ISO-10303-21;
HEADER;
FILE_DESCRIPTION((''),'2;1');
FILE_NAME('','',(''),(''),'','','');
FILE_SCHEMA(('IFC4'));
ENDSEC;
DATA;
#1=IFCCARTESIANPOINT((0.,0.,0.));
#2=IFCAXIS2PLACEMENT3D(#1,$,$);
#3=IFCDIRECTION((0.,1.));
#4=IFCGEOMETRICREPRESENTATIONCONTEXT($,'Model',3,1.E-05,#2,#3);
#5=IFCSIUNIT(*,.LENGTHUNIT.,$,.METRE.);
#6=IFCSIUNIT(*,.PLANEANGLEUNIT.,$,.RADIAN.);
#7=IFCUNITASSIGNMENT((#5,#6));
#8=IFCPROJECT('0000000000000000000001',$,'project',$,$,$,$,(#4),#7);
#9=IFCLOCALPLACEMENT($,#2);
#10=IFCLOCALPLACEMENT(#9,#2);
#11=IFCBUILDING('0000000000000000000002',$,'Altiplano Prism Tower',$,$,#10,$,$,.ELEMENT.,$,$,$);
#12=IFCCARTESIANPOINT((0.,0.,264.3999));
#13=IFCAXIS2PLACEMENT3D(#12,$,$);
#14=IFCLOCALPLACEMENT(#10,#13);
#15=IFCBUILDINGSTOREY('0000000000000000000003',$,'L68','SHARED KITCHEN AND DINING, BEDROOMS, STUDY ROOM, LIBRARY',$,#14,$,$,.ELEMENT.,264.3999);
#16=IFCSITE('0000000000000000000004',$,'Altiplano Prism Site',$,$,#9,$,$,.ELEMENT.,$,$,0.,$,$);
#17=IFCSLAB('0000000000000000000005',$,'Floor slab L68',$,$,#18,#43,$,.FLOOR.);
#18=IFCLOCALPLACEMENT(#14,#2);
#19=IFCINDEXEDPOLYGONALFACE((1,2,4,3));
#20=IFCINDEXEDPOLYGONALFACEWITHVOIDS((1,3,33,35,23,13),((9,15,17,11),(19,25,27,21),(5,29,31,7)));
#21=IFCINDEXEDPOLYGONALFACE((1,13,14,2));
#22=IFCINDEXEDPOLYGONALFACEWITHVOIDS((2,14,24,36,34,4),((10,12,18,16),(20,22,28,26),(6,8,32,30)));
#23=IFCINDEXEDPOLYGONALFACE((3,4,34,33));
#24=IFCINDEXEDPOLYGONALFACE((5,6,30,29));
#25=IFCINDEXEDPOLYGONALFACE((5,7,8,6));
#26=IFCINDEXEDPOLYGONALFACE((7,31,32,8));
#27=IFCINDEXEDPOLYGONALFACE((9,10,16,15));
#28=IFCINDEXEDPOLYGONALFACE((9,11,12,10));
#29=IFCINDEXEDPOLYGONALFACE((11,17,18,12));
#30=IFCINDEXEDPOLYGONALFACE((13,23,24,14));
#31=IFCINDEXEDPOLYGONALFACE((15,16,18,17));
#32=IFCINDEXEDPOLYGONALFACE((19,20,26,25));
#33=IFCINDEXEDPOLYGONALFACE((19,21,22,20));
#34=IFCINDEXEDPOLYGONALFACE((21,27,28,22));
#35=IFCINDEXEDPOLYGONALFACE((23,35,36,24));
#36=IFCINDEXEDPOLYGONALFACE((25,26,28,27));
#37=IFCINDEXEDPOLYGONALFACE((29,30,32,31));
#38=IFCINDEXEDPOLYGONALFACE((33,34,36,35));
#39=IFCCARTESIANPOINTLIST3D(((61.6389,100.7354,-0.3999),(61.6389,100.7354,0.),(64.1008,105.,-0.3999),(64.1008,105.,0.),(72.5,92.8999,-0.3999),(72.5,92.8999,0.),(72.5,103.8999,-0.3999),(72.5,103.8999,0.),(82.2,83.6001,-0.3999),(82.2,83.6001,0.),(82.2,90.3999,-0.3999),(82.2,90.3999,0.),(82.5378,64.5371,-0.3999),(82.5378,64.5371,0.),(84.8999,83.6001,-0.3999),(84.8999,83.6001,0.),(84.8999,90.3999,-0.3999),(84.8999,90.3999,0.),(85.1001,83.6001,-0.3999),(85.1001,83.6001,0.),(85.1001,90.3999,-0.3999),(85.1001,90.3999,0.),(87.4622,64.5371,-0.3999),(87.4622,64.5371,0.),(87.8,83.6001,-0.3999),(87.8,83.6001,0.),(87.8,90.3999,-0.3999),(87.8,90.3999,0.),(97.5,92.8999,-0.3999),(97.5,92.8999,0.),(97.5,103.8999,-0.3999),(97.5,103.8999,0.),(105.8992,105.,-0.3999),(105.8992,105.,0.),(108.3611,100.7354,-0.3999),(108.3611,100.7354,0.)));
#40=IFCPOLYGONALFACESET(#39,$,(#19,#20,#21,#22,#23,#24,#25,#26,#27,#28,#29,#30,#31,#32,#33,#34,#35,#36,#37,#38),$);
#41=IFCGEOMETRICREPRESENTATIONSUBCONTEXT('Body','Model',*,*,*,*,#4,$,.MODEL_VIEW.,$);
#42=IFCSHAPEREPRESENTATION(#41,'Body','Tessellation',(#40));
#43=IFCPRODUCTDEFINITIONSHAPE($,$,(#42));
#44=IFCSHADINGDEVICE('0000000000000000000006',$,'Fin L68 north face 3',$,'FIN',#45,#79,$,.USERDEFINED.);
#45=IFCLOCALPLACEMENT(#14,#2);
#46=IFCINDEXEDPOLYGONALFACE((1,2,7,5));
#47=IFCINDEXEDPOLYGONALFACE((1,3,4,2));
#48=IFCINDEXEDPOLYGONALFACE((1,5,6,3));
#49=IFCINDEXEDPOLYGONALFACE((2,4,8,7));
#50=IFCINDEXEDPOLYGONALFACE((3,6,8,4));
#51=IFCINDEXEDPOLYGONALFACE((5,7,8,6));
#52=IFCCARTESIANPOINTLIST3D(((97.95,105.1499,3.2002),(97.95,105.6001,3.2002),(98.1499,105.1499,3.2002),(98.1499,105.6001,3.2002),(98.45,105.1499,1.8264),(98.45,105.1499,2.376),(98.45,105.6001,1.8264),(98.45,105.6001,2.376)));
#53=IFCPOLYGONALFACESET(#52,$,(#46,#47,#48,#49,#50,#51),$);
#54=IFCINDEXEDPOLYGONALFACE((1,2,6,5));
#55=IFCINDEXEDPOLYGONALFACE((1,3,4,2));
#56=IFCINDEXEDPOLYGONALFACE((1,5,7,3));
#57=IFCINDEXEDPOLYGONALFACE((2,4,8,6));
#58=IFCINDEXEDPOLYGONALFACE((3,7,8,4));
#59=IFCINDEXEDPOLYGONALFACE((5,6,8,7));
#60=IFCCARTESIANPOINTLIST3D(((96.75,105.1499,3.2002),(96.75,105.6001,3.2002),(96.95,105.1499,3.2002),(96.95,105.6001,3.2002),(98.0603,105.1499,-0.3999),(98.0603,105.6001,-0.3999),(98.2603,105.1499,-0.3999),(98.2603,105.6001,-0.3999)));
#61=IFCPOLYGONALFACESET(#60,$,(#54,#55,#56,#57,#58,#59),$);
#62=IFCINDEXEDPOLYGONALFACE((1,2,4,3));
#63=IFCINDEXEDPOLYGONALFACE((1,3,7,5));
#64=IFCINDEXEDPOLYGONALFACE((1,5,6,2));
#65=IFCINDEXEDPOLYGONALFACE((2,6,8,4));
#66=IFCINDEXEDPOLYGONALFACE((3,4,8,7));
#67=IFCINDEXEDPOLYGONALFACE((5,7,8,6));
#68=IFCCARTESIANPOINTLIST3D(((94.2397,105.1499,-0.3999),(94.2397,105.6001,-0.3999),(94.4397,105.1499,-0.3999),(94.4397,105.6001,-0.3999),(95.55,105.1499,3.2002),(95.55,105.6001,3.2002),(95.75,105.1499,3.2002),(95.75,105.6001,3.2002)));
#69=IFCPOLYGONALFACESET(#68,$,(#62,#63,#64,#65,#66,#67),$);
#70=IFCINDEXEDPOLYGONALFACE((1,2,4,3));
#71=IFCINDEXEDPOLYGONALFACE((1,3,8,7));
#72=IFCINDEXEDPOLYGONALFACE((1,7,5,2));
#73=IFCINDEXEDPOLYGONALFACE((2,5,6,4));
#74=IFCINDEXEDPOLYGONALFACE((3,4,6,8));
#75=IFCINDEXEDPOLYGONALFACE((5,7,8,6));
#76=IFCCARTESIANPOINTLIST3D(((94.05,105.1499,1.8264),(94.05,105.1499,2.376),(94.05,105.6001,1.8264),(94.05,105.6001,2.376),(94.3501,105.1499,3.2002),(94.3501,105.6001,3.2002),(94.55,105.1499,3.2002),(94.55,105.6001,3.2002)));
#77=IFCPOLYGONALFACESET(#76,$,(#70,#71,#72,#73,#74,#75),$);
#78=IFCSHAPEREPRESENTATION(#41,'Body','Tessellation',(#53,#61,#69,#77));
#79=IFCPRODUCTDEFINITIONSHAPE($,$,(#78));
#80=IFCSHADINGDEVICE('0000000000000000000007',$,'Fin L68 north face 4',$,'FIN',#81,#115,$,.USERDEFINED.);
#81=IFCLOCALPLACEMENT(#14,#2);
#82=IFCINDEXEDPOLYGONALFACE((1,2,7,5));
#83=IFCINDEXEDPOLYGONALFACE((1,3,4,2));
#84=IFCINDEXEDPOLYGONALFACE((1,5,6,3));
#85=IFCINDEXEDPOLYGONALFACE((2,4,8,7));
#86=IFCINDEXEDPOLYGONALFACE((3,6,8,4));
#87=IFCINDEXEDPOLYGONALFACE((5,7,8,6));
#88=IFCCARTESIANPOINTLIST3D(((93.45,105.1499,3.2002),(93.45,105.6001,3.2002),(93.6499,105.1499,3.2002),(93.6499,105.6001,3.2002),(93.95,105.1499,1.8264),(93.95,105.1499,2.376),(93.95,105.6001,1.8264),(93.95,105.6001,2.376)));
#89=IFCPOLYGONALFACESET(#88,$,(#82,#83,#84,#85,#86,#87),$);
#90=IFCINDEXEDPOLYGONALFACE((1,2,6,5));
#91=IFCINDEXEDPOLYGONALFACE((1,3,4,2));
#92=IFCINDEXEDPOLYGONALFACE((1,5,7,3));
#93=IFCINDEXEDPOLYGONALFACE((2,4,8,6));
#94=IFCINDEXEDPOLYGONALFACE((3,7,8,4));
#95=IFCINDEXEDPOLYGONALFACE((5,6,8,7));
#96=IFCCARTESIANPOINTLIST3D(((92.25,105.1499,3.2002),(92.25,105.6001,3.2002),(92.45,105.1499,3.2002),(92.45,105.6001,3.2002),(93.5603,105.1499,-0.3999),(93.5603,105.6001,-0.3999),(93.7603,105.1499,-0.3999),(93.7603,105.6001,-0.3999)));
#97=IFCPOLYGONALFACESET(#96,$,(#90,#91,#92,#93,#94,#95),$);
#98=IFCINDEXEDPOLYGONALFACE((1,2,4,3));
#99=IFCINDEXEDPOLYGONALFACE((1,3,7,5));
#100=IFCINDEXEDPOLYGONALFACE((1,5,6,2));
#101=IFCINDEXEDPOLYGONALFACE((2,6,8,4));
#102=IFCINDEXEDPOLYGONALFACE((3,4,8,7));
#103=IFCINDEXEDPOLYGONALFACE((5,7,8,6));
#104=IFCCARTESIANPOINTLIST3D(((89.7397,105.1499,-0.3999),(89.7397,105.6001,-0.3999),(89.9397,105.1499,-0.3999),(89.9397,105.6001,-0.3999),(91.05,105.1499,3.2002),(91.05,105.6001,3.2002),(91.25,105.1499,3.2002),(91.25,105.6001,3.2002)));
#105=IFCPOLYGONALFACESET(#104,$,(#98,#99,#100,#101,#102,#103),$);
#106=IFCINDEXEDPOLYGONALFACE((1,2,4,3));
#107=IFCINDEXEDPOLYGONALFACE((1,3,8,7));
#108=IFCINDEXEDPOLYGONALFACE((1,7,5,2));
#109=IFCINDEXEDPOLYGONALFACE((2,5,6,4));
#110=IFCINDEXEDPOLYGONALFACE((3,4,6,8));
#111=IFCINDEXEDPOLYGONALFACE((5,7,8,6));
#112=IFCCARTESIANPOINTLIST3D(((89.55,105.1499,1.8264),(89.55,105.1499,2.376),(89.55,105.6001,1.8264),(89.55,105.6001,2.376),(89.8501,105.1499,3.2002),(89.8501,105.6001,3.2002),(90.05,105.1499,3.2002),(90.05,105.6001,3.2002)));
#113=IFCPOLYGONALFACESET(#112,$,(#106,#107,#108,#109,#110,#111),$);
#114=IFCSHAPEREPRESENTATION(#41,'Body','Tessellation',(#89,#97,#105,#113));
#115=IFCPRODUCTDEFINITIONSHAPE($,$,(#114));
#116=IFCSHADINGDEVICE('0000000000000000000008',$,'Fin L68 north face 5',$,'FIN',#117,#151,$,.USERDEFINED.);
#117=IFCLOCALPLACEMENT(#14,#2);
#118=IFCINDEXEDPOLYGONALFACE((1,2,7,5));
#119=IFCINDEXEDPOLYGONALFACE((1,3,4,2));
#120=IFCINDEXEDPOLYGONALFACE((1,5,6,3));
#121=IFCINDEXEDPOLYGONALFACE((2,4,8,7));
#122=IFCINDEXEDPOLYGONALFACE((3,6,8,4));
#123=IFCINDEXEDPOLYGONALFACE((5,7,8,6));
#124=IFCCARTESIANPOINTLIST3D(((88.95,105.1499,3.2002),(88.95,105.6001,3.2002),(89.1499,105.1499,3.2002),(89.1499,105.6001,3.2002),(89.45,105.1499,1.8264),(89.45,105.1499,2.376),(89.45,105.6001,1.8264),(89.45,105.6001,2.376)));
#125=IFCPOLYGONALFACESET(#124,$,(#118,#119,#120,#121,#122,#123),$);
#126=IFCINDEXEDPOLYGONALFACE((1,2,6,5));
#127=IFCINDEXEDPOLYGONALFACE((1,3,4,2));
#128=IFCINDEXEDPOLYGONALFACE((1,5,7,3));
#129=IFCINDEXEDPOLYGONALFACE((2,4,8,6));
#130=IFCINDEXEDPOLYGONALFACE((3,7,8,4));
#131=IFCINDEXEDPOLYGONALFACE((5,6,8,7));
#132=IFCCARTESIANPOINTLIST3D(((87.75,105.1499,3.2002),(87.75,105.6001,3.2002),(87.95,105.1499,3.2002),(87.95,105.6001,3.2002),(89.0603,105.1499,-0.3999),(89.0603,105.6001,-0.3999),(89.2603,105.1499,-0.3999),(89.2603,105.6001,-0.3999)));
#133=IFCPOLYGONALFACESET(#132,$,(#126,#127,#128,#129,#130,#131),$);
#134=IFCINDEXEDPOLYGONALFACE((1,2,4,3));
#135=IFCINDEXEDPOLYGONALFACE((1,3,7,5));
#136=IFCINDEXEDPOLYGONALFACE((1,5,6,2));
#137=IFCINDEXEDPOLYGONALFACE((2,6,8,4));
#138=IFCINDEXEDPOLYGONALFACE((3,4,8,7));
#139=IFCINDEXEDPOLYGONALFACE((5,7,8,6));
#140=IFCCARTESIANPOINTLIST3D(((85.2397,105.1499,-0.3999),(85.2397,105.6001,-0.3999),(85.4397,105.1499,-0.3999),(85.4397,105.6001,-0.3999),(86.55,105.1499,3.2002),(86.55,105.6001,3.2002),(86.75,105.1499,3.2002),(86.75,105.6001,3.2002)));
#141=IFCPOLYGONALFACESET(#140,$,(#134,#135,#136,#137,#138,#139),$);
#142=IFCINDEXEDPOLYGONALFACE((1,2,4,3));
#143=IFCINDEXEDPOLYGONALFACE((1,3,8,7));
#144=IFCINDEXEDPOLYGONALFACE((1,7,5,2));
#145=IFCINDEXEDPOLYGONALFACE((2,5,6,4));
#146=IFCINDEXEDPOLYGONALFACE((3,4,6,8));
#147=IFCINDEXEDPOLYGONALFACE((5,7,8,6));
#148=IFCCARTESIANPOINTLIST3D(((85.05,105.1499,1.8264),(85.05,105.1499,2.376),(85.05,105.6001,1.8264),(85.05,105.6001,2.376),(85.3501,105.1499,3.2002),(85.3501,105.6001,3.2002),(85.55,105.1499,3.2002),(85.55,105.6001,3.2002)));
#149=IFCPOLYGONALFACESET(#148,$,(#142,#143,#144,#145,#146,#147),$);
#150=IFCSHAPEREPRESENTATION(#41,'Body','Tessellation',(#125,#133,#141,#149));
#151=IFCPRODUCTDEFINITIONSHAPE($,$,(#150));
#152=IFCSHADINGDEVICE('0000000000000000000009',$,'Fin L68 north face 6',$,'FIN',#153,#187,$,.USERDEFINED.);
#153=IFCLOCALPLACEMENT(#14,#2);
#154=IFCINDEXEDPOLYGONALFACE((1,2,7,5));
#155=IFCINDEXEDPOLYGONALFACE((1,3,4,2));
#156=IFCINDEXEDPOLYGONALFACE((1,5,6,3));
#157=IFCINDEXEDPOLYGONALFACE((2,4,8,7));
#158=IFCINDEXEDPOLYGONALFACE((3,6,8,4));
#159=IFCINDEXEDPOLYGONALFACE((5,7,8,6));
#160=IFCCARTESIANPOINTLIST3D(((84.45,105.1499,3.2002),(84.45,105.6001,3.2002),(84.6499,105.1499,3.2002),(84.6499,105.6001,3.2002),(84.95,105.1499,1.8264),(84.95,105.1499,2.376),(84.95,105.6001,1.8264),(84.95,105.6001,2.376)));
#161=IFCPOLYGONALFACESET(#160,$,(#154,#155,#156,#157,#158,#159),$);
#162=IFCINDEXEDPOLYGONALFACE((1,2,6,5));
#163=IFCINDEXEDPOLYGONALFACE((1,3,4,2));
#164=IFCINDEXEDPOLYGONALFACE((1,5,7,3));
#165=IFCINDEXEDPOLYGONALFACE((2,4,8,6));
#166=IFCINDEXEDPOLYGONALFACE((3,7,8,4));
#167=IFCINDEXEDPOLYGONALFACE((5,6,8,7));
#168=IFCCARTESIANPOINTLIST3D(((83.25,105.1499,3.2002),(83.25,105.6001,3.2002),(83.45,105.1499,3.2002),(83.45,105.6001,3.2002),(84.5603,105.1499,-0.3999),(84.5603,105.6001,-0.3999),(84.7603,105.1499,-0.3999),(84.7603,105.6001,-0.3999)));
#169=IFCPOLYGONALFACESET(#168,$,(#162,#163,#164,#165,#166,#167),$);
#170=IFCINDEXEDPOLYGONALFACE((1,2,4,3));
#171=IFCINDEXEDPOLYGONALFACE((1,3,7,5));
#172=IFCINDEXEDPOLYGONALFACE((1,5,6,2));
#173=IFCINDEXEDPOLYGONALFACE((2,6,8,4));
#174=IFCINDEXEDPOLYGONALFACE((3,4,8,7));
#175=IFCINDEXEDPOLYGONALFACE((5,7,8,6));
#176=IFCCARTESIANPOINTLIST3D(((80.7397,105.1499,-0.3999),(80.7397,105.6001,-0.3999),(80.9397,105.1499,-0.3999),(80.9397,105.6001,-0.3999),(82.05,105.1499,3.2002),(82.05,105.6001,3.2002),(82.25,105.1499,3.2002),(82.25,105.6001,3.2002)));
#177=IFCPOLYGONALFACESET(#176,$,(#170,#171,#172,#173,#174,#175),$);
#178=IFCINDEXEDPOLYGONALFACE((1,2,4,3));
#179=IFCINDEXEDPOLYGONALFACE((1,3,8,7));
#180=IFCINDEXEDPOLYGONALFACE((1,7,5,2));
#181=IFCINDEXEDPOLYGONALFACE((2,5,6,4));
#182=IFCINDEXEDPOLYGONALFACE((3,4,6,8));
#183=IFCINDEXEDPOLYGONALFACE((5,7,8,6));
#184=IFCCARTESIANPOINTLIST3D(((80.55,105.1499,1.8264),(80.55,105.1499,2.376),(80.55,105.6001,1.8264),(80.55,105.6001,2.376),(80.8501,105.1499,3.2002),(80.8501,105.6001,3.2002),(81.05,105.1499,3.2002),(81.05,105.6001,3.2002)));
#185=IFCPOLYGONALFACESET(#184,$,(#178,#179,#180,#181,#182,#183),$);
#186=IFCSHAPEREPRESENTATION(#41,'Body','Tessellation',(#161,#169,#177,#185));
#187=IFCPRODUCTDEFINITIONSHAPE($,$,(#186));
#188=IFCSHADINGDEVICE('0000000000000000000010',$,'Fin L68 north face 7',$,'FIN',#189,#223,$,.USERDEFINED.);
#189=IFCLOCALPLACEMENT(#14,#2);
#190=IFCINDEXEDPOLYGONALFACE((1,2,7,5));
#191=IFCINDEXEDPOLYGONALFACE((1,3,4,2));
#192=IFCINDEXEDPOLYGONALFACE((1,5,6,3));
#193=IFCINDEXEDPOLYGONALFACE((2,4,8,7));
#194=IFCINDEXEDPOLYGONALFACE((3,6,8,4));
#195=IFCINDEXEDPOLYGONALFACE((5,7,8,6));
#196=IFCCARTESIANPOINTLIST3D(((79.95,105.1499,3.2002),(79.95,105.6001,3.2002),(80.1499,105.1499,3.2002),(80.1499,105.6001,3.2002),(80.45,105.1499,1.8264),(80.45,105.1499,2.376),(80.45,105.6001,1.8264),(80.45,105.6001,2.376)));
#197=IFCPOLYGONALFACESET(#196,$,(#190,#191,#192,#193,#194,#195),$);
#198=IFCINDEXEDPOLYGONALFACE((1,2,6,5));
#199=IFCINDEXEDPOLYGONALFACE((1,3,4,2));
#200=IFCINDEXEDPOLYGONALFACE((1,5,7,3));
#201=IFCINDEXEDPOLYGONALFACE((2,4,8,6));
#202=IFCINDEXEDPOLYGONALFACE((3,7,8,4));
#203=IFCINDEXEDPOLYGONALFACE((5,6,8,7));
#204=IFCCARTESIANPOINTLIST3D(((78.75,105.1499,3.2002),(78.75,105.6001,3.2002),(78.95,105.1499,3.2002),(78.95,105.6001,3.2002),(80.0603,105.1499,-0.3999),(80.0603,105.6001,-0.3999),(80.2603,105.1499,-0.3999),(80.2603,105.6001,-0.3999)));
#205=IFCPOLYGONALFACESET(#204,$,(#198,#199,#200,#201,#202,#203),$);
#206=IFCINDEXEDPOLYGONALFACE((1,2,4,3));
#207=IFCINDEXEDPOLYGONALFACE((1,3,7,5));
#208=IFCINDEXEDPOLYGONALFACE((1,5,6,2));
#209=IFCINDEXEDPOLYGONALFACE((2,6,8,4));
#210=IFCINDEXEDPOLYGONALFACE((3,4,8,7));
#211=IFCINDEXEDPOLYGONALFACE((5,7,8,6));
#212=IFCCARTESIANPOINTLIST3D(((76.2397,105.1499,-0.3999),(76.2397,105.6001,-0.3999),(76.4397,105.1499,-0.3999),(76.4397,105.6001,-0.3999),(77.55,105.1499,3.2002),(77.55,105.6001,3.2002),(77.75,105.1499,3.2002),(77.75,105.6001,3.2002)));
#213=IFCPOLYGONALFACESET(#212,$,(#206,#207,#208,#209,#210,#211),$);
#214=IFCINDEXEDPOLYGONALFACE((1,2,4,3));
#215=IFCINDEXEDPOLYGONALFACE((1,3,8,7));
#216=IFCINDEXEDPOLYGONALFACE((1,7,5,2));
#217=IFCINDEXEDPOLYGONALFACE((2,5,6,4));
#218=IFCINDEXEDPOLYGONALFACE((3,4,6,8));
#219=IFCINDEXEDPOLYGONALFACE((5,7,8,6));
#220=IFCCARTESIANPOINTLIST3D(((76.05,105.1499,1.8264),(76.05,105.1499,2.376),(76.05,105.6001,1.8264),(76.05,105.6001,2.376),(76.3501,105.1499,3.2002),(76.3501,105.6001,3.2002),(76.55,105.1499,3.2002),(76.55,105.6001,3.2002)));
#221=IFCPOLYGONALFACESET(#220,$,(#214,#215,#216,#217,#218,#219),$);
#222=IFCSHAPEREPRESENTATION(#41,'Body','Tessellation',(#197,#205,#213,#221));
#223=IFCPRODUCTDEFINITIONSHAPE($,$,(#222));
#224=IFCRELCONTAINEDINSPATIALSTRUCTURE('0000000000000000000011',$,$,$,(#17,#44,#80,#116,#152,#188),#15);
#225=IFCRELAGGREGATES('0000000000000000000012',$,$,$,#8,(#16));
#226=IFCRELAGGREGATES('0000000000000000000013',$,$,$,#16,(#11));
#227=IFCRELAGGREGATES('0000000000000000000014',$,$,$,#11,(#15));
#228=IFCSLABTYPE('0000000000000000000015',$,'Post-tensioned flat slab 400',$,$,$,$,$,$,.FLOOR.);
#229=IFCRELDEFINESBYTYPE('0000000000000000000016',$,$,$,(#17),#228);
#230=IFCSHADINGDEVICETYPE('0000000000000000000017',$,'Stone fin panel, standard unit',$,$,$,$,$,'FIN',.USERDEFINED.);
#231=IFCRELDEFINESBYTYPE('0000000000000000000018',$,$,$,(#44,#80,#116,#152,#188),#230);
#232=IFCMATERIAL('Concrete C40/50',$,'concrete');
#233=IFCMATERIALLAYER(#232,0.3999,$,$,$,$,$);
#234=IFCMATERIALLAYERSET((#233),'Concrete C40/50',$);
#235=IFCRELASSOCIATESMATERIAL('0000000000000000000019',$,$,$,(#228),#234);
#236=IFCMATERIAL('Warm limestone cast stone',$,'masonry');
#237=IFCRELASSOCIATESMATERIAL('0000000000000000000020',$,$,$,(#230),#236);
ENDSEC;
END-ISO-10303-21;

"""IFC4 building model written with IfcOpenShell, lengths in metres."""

from ifc_helpers import new_model, si_unit, direction, frame, origin, place, context, subcontext, project, spatial, polyline, outline, extrude, source, transform, mapped, material, layer, layer_set, type_object, element, save


model = new_model("IFC4")

# Units and contexts
model_context = context("Model", 3, precision=1e-05, world=origin(), true_north=direction((0.0, 1.0)))
body_context = subcontext(model_context, "Body", "Model", "MODEL_VIEW")
ifc_project = project(units=[si_unit("LENGTHUNIT", "METRE"), si_unit("PLANEANGLEUNIT", "RADIAN")], contexts=[model_context])

# Site, building, storey
site_placement = place(None, origin())
site = spatial("IfcSite", under=ifc_project, at=site_placement, Name="Altiplano Prism Site", CompositionType="ELEMENT", RefElevation=0.0)
building_placement = place(site_placement, origin())
building = spatial("IfcBuilding", under=site, at=building_placement, Name="Altiplano Prism Tower", CompositionType="ELEMENT")
storey_placement = place(building_placement, frame((0.0, 0.0, 264.3999)))
storey = spatial("IfcBuildingStorey", under=building, at=storey_placement, Name="L68", Description="SHARED KITCHEN AND DINING, BEDROOMS, STUDY ROOM, LIBRARY", CompositionType="ELEMENT", Elevation=264.3999)

# Slab
ifc_material_1 = material(Name="Concrete C40/50", Category="concrete")
ifc_layer = layer(ifc_material_1, 0.3999)
ifc_layer_set = layer_set([ifc_layer], Name="Concrete C40/50")
slab_type = type_object("IfcSlabType", Name="Post-tensioned flat slab 400", PredefinedType="FLOOR", material=ifc_layer_set)
slab_placement = place(storey_placement, frame((0.0, 0.0, -0.3999)))
element("IfcSlab", 1, at=slab_placement, inside=storey, type_object=slab_type, Name="Floor slab L68", PredefinedType="FLOOR", context=body_context, shape_type="SweptSolid", body=[
    extrude(outline(polyline([(82.5378, 64.5371), (61.6389, 100.7354), (64.1008, 105.0), (105.8992, 105.0), (108.3611, 100.7354), (87.4622, 64.5371), (82.5378, 64.5371)]), holes=[polyline([(72.5, 103.8999), (72.5, 92.8999), (97.5, 92.8999), (97.5, 103.8999), (72.5, 103.8999)]), polyline([(84.8999, 90.3999), (82.2, 90.3999), (82.2, 83.6001), (84.8999, 83.6001), (84.8999, 90.3999)]), polyline([(87.8, 83.6001), (87.8, 90.3999), (85.1001, 90.3999), (85.1001, 83.6001), (87.8, 83.6001)])]), origin(), (0.0, 0.0, 1.0), 0.3999),
])

# Shading devices
ifc_material_2 = material(Name="Warm limestone cast stone", Category="masonry")
shading_device_type_1 = type_object("IfcShadingDeviceType", Name="Stone fin panel, standard unit", ElementType="FIN", PredefinedType="USERDEFINED", material=ifc_material_2)
shared_shape_1 = source(origin(), body_context, "Body", "SweptSolid", [
    extrude(outline(polyline([(-2.2, 2.2263), (-1.7, 3.6001), (-1.8999, 3.6001), (-2.2, 2.7759), (-2.2, 2.2263)])), frame((0.0, -0.1499, 0.0), z_axis=(0.0, -1.0, 0.0), x_axis=(1.0, 0.0, 0.0)), (0.0, 0.0, 1.0), 0.4502),
    extrude(outline(polyline([(-2.0103, 0.0), (-1.8103, 0.0), (-0.5, 3.6001), (-0.7, 3.6001), (-2.0103, 0.0)])), frame((0.0, -0.1499, 0.0), z_axis=(0.0, -1.0, 0.0), x_axis=(1.0, 0.0, 0.0)), (0.0, 0.0, 1.0), 0.4502),
    extrude(outline(polyline([(1.8103, 0.0), (2.0103, 0.0), (0.7, 3.6001), (0.5, 3.6001), (1.8103, 0.0)])), frame((0.0, -0.1499, 0.0), z_axis=(0.0, -1.0, 0.0), x_axis=(1.0, 0.0, 0.0)), (0.0, 0.0, 1.0), 0.4502),
    extrude(outline(polyline([(2.2, 2.7759), (1.8999, 3.6001), (1.7, 3.6001), (2.2, 2.2263), (2.2, 2.7759)])), frame((0.0, -0.1499, 0.0), z_axis=(0.0, -1.0, 0.0), x_axis=(1.0, 0.0, 0.0)), (0.0, 0.0, 1.0), 0.4502),
])
shading_device_1_placement = place(storey_placement, origin())
element("IfcShadingDevice", 2, at=shading_device_1_placement, inside=storey, type_object=shading_device_type_1, Name="Fin L68 north face 3", ObjectType="FIN", PredefinedType="USERDEFINED", context=body_context, shape_type="MappedRepresentation", body=[
    mapped(shared_shape_1, transform((96.25, 105.0, -0.3999), x_axis=(-1.0, 0.0, 0.0), y_axis=(0.0, -1.0, 0.0), z_axis=(0.0, 0.0, 1.0))),
])
shading_device_2_placement = place(storey_placement, origin())
element("IfcShadingDevice", 3, at=shading_device_2_placement, inside=storey, type_object=shading_device_type_1, Name="Fin L68 north face 4", ObjectType="FIN", PredefinedType="USERDEFINED", context=body_context, shape_type="MappedRepresentation", body=[
    mapped(shared_shape_1, transform((91.75, 105.0, -0.3999), x_axis=(-1.0, 0.0, 0.0), y_axis=(0.0, -1.0, 0.0), z_axis=(0.0, 0.0, 1.0))),
])
shading_device_3_placement = place(storey_placement, origin())
element("IfcShadingDevice", 4, at=shading_device_3_placement, inside=storey, type_object=shading_device_type_1, Name="Fin L68 north face 5", ObjectType="FIN", PredefinedType="USERDEFINED", context=body_context, shape_type="MappedRepresentation", body=[
    mapped(shared_shape_1, transform((87.25, 105.0, -0.3999), x_axis=(-1.0, 0.0, 0.0), y_axis=(0.0, -1.0, 0.0), z_axis=(0.0, 0.0, 1.0))),
])
shading_device_4_placement = place(storey_placement, origin())
element("IfcShadingDevice", 5, at=shading_device_4_placement, inside=storey, type_object=shading_device_type_1, Name="Fin L68 north face 6", ObjectType="FIN", PredefinedType="USERDEFINED", context=body_context, shape_type="MappedRepresentation", body=[
    mapped(shared_shape_1, transform((82.75, 105.0, -0.3999), x_axis=(-1.0, 0.0, 0.0), y_axis=(0.0, -1.0, 0.0), z_axis=(0.0, 0.0, 1.0))),
])
shading_device_5_placement = place(storey_placement, origin())
element("IfcShadingDevice", 6, at=shading_device_5_placement, inside=storey, type_object=shading_device_type_1, Name="Fin L68 north face 7", ObjectType="FIN", PredefinedType="USERDEFINED", context=body_context, shape_type="MappedRepresentation", body=[
    mapped(shared_shape_1, transform((78.25, 105.0, -0.3999), x_axis=(-1.0, 0.0, 0.0), y_axis=(0.0, -1.0, 0.0), z_axis=(0.0, 0.0, 1.0))),
])

save(model, "model.ifc")
